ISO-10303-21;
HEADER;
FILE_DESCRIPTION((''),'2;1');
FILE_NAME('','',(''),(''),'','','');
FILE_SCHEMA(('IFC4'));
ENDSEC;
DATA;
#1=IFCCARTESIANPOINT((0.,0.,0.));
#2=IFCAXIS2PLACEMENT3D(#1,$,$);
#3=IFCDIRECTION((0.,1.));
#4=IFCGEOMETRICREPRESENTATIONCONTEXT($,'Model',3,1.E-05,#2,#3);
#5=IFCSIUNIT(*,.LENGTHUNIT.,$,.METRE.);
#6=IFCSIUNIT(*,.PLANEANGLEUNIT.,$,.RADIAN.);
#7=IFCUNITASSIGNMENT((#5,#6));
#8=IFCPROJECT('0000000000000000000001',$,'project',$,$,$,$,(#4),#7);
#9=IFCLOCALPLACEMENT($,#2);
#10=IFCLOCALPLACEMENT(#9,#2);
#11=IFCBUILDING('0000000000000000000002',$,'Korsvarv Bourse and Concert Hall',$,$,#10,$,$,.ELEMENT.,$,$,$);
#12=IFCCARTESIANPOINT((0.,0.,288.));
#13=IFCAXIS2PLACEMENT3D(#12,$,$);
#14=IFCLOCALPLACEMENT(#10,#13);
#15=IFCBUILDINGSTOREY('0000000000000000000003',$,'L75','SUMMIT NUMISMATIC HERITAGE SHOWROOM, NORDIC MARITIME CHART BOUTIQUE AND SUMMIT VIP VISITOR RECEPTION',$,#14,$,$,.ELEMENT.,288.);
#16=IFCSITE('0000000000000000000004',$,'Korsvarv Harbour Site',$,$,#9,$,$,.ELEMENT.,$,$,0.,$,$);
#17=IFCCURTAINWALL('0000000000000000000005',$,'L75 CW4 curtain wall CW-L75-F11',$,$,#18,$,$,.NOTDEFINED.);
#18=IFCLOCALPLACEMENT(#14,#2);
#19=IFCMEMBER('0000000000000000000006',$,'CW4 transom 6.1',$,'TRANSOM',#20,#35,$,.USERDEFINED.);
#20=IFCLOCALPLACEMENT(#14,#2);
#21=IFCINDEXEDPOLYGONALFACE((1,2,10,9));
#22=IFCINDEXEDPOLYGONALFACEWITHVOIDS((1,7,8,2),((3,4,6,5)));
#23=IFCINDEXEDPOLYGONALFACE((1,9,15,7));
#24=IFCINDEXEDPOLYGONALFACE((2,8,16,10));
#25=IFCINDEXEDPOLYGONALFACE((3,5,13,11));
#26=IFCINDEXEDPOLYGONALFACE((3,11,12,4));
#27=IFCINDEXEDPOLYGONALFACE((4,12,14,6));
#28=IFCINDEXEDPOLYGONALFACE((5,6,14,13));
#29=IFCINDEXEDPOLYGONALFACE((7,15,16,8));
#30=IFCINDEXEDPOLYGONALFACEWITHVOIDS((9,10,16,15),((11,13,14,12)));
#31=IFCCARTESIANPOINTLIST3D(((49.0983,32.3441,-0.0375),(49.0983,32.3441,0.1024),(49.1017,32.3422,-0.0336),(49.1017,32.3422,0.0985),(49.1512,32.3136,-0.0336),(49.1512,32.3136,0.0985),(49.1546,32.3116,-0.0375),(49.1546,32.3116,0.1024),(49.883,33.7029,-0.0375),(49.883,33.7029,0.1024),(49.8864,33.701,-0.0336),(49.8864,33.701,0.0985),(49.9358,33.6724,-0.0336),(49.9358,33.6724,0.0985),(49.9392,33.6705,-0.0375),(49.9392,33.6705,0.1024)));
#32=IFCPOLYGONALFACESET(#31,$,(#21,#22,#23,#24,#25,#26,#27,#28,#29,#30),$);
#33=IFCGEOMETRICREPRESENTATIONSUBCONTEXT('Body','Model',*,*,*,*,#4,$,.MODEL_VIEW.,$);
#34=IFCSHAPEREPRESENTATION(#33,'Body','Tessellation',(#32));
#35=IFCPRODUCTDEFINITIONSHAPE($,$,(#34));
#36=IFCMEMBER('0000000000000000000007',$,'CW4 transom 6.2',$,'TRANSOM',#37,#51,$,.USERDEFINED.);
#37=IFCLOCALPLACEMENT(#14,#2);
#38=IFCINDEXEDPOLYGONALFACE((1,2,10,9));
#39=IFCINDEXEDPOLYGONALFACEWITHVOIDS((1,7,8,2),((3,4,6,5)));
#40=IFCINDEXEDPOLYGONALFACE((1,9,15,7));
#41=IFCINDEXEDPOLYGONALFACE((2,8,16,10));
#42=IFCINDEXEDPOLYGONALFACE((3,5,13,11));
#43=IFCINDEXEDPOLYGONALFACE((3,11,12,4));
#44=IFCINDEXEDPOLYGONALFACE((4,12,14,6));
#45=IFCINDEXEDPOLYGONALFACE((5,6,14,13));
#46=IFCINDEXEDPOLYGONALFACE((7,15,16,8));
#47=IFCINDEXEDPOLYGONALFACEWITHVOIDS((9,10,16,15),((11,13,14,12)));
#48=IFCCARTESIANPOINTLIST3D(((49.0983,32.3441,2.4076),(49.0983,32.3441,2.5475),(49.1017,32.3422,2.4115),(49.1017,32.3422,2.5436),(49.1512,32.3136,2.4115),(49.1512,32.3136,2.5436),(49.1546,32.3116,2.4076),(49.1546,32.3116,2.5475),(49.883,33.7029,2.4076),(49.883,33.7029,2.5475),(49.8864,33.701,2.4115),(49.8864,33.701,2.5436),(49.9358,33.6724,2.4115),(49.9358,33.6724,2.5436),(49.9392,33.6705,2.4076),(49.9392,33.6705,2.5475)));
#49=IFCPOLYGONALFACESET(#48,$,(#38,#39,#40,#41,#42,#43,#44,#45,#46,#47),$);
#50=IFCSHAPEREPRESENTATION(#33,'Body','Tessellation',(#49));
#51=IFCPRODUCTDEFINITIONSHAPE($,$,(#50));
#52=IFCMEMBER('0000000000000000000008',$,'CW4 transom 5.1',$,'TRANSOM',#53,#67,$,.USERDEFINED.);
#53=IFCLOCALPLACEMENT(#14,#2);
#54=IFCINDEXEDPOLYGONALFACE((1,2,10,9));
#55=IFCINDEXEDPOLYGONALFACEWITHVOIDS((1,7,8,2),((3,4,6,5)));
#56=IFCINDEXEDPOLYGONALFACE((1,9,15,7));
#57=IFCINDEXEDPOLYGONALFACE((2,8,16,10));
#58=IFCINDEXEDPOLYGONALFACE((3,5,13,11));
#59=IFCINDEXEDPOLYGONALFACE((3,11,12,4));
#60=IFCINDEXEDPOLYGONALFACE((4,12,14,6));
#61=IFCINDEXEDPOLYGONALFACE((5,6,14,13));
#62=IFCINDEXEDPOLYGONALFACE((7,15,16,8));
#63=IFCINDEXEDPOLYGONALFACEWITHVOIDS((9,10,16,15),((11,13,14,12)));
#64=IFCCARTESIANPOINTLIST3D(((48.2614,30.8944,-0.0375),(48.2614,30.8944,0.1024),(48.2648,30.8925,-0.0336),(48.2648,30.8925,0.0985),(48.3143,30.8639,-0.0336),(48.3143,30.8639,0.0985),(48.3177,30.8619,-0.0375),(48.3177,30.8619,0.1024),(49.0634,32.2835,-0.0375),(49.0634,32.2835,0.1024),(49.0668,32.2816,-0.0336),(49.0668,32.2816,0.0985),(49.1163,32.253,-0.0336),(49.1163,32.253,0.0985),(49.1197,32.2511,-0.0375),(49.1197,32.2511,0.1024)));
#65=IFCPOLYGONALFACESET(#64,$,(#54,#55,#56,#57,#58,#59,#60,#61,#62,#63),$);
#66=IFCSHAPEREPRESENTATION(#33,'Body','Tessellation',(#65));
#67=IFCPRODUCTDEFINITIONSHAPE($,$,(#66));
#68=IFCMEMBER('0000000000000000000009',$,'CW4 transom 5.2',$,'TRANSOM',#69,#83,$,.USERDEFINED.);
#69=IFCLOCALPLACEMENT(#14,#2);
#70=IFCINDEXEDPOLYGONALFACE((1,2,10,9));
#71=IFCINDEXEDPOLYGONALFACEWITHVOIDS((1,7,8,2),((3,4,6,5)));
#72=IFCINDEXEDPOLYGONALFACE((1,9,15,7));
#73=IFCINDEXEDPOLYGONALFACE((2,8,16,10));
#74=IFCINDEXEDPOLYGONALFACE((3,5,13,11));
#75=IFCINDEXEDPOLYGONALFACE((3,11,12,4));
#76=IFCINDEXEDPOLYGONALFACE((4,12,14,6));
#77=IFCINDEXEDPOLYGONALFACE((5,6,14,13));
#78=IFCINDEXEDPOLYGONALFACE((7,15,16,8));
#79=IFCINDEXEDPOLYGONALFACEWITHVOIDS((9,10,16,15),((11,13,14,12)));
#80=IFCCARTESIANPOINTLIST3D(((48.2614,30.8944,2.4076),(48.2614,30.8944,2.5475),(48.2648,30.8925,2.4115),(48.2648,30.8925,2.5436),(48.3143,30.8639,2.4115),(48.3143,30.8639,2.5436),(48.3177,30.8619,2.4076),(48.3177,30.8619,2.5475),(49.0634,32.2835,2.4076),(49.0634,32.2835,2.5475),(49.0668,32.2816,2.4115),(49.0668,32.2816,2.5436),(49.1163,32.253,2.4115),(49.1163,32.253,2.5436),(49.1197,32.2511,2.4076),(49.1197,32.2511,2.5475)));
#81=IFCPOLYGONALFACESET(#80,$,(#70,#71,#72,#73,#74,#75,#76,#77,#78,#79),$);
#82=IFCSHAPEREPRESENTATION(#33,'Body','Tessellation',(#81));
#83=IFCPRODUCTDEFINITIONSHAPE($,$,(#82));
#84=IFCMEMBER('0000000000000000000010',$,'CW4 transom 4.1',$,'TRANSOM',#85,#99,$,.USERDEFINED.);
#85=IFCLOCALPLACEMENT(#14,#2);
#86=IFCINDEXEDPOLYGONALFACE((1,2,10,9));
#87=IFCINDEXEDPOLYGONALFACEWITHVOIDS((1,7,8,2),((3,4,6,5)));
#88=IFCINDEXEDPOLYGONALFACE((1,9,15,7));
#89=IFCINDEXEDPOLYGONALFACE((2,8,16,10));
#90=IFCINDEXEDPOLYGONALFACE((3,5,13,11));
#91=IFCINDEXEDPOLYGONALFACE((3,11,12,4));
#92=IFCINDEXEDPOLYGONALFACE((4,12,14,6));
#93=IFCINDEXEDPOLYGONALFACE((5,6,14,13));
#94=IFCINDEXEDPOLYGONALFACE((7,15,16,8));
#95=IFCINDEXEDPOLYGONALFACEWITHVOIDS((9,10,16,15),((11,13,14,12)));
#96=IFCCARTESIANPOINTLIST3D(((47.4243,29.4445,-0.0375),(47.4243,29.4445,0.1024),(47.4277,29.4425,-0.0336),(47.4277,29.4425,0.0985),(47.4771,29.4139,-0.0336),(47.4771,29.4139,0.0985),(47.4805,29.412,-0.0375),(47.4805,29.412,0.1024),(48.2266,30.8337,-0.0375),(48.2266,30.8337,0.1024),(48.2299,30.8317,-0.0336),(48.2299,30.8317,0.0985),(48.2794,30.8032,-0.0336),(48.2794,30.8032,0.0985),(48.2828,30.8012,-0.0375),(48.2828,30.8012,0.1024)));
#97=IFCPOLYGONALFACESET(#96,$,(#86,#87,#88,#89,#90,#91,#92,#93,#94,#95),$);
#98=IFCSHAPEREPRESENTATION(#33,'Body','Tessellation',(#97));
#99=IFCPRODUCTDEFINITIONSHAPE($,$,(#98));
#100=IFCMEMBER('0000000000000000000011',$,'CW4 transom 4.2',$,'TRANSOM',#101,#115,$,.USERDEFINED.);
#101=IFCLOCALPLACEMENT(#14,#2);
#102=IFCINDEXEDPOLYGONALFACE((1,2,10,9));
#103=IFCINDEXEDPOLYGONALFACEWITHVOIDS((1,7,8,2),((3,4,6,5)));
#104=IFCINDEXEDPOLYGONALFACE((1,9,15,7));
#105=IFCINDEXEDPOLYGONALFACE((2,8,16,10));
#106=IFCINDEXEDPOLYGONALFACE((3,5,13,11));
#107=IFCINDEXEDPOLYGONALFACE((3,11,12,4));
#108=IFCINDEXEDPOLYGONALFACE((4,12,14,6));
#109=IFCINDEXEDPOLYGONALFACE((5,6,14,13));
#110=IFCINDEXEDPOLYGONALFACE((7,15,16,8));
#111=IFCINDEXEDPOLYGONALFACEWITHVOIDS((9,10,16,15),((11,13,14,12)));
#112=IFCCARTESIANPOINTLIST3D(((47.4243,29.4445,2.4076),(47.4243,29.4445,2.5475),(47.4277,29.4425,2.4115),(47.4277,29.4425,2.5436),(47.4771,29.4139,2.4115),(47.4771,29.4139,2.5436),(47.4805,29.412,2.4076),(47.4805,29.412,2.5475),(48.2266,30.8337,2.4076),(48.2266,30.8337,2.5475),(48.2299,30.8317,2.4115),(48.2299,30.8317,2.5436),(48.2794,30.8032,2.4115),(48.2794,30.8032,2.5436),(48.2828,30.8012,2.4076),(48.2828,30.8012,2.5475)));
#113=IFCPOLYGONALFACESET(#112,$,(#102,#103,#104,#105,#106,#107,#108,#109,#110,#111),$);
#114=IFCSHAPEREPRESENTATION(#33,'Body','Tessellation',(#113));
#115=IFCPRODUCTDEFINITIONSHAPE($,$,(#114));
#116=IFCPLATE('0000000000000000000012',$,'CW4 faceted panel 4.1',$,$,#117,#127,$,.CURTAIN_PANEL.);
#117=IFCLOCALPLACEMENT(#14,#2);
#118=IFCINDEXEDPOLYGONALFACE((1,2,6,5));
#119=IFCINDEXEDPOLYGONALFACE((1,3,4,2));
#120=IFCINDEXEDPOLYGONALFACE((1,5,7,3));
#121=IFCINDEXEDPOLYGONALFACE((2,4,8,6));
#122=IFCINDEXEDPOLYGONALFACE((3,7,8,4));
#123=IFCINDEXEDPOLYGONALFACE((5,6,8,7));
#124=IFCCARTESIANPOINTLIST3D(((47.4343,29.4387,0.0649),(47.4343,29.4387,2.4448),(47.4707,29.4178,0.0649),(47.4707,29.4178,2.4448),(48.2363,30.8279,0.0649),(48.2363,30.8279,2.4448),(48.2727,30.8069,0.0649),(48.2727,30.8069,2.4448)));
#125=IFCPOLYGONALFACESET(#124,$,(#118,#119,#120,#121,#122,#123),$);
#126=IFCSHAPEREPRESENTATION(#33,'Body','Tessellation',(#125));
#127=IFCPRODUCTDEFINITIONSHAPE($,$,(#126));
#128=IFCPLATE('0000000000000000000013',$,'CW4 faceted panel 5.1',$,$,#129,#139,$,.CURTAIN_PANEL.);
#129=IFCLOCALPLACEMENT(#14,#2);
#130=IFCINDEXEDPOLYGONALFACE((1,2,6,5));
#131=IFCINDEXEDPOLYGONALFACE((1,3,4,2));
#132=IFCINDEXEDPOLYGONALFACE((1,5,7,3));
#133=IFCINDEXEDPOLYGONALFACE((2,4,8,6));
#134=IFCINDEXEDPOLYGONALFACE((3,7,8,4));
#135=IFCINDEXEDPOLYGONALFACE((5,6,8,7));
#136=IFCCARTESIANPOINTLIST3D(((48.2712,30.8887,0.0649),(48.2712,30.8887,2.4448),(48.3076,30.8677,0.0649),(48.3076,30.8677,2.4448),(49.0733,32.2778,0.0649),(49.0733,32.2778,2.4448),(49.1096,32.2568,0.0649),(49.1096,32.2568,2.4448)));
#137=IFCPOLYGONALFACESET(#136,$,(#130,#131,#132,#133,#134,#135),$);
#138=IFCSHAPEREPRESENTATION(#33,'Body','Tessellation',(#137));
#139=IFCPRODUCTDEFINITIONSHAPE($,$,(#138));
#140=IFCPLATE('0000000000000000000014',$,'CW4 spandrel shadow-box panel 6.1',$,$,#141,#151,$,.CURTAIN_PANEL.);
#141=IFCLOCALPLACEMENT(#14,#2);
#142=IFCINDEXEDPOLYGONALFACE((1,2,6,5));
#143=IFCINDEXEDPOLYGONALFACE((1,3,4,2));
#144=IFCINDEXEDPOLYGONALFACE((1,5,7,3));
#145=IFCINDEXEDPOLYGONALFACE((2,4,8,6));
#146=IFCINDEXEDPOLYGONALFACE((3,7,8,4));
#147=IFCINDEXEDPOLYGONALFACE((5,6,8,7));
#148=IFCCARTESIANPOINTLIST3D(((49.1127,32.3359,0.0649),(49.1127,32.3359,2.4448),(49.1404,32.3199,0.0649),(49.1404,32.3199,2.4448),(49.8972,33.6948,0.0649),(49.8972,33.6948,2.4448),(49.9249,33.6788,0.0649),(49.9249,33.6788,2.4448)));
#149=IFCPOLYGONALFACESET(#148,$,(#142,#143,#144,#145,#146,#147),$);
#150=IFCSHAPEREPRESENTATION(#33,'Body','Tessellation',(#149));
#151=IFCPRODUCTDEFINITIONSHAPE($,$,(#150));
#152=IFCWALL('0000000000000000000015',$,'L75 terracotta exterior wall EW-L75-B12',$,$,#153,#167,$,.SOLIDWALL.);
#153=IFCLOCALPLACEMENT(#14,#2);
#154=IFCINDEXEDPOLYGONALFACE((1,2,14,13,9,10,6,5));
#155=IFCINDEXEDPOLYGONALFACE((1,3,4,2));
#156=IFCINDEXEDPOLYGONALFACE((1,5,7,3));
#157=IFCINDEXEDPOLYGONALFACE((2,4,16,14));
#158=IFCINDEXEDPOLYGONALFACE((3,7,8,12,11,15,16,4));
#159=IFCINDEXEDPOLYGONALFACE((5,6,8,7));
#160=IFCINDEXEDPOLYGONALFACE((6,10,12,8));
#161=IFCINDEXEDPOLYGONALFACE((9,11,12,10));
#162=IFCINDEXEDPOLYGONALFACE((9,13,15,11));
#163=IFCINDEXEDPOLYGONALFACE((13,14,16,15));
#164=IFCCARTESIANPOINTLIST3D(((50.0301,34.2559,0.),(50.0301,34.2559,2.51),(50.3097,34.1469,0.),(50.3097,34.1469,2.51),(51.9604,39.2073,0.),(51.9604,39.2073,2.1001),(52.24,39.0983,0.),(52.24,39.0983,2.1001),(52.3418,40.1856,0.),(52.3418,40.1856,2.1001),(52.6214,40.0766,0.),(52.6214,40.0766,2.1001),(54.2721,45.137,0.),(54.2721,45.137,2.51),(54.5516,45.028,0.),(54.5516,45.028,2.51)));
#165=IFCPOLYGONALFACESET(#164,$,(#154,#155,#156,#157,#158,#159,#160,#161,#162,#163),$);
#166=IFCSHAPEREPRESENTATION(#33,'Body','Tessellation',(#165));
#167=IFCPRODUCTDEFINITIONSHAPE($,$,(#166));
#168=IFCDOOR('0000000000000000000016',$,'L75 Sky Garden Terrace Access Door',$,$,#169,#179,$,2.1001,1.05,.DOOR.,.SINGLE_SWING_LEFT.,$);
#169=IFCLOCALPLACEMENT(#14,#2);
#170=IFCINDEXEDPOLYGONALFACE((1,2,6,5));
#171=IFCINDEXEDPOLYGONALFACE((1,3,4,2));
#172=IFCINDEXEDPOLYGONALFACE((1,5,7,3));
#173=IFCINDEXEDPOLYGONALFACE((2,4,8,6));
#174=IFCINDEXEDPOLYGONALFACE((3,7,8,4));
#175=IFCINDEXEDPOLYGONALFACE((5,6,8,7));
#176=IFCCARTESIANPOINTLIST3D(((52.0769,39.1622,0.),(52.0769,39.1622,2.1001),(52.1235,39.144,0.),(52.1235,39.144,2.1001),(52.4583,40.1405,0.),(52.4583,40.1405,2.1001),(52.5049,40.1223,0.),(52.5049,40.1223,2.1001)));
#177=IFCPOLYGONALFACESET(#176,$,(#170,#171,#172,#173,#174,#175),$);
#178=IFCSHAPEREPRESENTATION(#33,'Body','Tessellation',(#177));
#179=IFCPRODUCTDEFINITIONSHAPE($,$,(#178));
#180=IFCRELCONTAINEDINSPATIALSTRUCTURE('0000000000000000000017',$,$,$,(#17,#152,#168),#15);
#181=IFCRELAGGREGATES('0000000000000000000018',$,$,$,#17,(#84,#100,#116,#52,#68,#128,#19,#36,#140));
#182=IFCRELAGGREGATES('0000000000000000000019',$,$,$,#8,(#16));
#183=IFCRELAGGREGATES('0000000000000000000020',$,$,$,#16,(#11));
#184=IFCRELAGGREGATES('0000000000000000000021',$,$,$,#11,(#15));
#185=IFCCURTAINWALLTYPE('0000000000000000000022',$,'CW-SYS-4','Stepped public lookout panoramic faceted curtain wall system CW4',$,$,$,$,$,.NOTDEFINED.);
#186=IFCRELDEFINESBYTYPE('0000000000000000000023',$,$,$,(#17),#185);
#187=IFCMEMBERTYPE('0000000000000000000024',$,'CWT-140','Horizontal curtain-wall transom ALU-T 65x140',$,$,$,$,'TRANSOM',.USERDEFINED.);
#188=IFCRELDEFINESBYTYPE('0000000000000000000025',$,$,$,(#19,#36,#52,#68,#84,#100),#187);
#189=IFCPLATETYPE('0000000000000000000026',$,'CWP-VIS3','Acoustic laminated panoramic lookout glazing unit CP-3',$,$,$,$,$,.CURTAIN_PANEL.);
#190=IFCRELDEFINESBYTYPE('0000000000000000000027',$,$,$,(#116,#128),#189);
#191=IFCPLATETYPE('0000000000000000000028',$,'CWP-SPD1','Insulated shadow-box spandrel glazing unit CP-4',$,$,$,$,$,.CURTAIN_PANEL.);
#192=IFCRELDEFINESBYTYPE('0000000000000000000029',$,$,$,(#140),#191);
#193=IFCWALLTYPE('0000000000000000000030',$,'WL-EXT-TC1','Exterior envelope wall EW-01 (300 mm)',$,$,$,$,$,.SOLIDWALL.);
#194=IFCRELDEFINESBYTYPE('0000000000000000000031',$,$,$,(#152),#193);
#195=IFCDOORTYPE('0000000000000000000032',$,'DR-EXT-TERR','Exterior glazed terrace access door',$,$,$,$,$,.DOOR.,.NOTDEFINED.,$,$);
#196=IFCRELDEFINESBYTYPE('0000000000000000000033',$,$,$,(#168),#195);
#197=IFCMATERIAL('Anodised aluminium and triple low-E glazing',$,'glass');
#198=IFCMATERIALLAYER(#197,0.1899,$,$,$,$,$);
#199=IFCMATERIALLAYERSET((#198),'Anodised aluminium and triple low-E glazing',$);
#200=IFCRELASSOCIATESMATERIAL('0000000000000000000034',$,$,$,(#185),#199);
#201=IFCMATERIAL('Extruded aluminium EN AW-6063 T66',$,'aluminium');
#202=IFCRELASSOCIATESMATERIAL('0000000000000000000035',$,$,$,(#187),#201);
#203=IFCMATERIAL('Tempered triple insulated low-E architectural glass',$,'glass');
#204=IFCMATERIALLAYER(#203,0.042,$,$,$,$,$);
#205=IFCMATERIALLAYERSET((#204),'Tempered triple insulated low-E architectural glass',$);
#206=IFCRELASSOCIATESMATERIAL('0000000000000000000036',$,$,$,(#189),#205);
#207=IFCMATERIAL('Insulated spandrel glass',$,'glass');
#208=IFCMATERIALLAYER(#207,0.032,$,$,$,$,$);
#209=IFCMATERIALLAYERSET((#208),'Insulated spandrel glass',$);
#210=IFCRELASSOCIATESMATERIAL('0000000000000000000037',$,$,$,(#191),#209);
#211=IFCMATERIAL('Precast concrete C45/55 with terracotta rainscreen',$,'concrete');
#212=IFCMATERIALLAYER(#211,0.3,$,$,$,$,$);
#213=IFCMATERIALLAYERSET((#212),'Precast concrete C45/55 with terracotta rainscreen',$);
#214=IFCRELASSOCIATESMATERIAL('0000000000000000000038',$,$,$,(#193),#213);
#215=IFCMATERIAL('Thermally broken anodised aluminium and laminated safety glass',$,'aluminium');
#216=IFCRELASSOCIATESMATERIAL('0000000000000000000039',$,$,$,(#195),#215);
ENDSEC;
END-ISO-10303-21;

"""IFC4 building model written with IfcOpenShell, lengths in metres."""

from ifc_helpers import new_model, si_unit, direction, frame, frame_2d, origin, origin_2d, place, context, subcontext, project, spatial, rectangle, hollow_rectangle, extrude, source, transform, mapped, material, layer, layer_set, material_profile, profile_set, type_object, element, fill, aggregate, save


model = new_model("IFC4")

# Units and contexts
model_context = context("Model", 3, precision=1e-05, world=origin(), true_north=direction((0.0, 1.0)))
body_context = subcontext(model_context, "Body", "Model", "MODEL_VIEW")
ifc_project = project(units=[si_unit("LENGTHUNIT", "METRE"), si_unit("PLANEANGLEUNIT", "RADIAN")], contexts=[model_context])

# Site, building, storey
site_placement = place(None, origin())
site = spatial("IfcSite", under=ifc_project, at=site_placement, Name="Korsvarv Harbour Site", CompositionType="ELEMENT", RefElevation=0.0)
building_placement = place(site_placement, origin())
building = spatial("IfcBuilding", under=site, at=building_placement, Name="Korsvarv Bourse and Concert Hall", CompositionType="ELEMENT")
storey_placement = place(building_placement, frame((0.0, 0.0, 288.0)))
storey = spatial("IfcBuildingStorey", under=building, at=storey_placement, Name="L75", Description="SUMMIT NUMISMATIC HERITAGE SHOWROOM, NORDIC MARITIME CHART BOUTIQUE AND SUMMIT VIP VISITOR RECEPTION", CompositionType="ELEMENT", Elevation=288.0)

# Curtain wall, members, plates
ifc_material_1 = material(Name="Anodised aluminium and triple low-E glazing", Category="glass")
ifc_layer_1 = layer(ifc_material_1, 0.1899)
ifc_layer_set_1 = layer_set([ifc_layer_1], Name="Anodised aluminium and triple low-E glazing")
curtain_wall_type = type_object("IfcCurtainWallType", Name="CW-SYS-4", Description="Stepped public lookout panoramic faceted curtain wall system CW4", PredefinedType="NOTDEFINED", material=ifc_layer_set_1)
curtain_wall_placement = place(storey_placement, origin())
curtain_wall = element("IfcCurtainWall", 1, at=curtain_wall_placement, inside=storey, type_object=curtain_wall_type, Name="L75 CW4 curtain wall CW-L75-F11", PredefinedType="NOTDEFINED")
ifc_material_2 = material(Name="Extruded aluminium EN AW-6063 T66", Category="aluminium")
ifc_material_profile_1 = material_profile(ifc_material_2, hollow_rectangle(XDim=0.0649, YDim=0.1399, WallThickness=0.0039, at=origin_2d()), Name="ALU-T 65x140")
ifc_profile_set_1 = profile_set([ifc_material_profile_1], Name="Extruded aluminium EN AW-6063 T66")
member_type_1 = type_object("IfcMemberType", Name="CWT-140", Description="Horizontal curtain-wall transom ALU-T 65x140", ElementType="TRANSOM", PredefinedType="USERDEFINED", material=ifc_profile_set_1)
shared_shape_1 = source(origin(), body_context, "Body", "SweptSolid", [
    extrude(hollow_rectangle(XDim=0.0649, YDim=0.1399, WallThickness=0.0039, at=origin_2d()), origin(), (0.0, 0.0, 1.0), 1.5691),
])
member_1_placement = place(storey_placement, frame((49.1265, 32.3279, 0.0325), z_axis=(0.500055, 0.865994, 0.0), x_axis=(-0.865994, 0.500055, 0.0)))
member_1 = element("IfcMember", 2, at=member_1_placement, type_object=member_type_1, Name="CW4 transom 6.1", ObjectType="TRANSOM", PredefinedType="USERDEFINED", context=body_context, shape_type="MappedRepresentation", body=[
    mapped(shared_shape_1, transform((0.0, 0.0, 0.0), scale=1.0)),
])
member_2_placement = place(storey_placement, frame((49.1265, 32.3279, 2.4775), z_axis=(0.500055, 0.865994, 0.0), x_axis=(-0.865994, 0.500055, 0.0)))
member_2 = element("IfcMember", 3, at=member_2_placement, type_object=member_type_1, Name="CW4 transom 6.2", ObjectType="TRANSOM", PredefinedType="USERDEFINED", context=body_context, shape_type="MappedRepresentation", body=[
    mapped(shared_shape_1, transform((0.0, 0.0, 0.0), scale=1.0)),
])
shared_shape_2 = source(origin(), body_context, "Body", "SweptSolid", [
    extrude(hollow_rectangle(XDim=0.0649, YDim=0.1399, WallThickness=0.0039, at=origin_2d()), origin(), (0.0, 0.0, 1.0), 1.604),
])
member_3_placement = place(storey_placement, frame((48.2896, 30.8782, 0.0325), z_axis=(0.499986, 0.866034, 0.0), x_axis=(-0.866034, 0.499986, 0.0)))
member_3 = element("IfcMember", 4, at=member_3_placement, type_object=member_type_1, Name="CW4 transom 5.1", ObjectType="TRANSOM", PredefinedType="USERDEFINED", context=body_context, shape_type="MappedRepresentation", body=[
    mapped(shared_shape_2, transform((0.0, 0.0, 0.0), scale=1.0)),
])
member_4_placement = place(storey_placement, frame((48.2896, 30.8782, 2.4775), z_axis=(0.499986, 0.866034, 0.0), x_axis=(-0.866034, 0.499986, 0.0)))
member_4 = element("IfcMember", 5, at=member_4_placement, type_object=member_type_1, Name="CW4 transom 5.2", ObjectType="TRANSOM", PredefinedType="USERDEFINED", context=body_context, shape_type="MappedRepresentation", body=[
    mapped(shared_shape_2, transform((0.0, 0.0, 0.0), scale=1.0)),
])
shared_shape_3 = source(origin(), body_context, "Body", "SweptSolid", [
    extrude(hollow_rectangle(XDim=0.0649, YDim=0.1399, WallThickness=0.0039, at=origin_2d()), origin(), (0.0, 0.0, 1.0), 1.6042),
])
member_5_placement = place(storey_placement, frame((47.4524, 29.4282, 0.0325), z_axis=(0.5001, 0.865968, 0.0), x_axis=(-0.865968, 0.5001, 0.0)))
member_5 = element("IfcMember", 6, at=member_5_placement, type_object=member_type_1, Name="CW4 transom 4.1", ObjectType="TRANSOM", PredefinedType="USERDEFINED", context=body_context, shape_type="MappedRepresentation", body=[
    mapped(shared_shape_3, transform((0.0, 0.0, 0.0), scale=1.0)),
])
member_6_placement = place(storey_placement, frame((47.4524, 29.4282, 2.4775), z_axis=(0.5001, 0.865968, 0.0), x_axis=(-0.865968, 0.5001, 0.0)))
member_6 = element("IfcMember", 7, at=member_6_placement, type_object=member_type_1, Name="CW4 transom 4.2", ObjectType="TRANSOM", PredefinedType="USERDEFINED", context=body_context, shape_type="MappedRepresentation", body=[
    mapped(shared_shape_3, transform((0.0, 0.0, 0.0), scale=1.0)),
])
ifc_material_3 = material(Name="Tempered triple insulated low-E architectural glass", Category="glass")
ifc_layer_2 = layer(ifc_material_3, 0.042)
ifc_layer_set_2 = layer_set([ifc_layer_2], Name="Tempered triple insulated low-E architectural glass")
plate_type_1 = type_object("IfcPlateType", Name="CWP-VIS3", Description="Acoustic laminated panoramic lookout glazing unit CP-3", PredefinedType="CURTAIN_PANEL", material=ifc_layer_set_2)
shared_shape_4 = source(origin(), body_context, "Body", "SweptSolid", [
    extrude(rectangle(XDim=1.604, YDim=0.042, at=origin_2d()), origin(), (0.0, 0.0, 1.0), 2.3799),
])
plate_1_placement = place(storey_placement, frame((47.8535, 30.1228, 0.0649), z_axis=(0.0, 0.0, 1.0), x_axis=(0.500005, 0.866023, 0.0)))
plate_1 = element("IfcPlate", 8, at=plate_1_placement, type_object=plate_type_1, Name="CW4 faceted panel 4.1", PredefinedType="CURTAIN_PANEL", context=body_context, shape_type="MappedRepresentation", body=[
    mapped(shared_shape_4, transform((0.0, 0.0, 0.0), scale=1.0)),
])
plate_2_placement = place(storey_placement, frame((48.6904, 31.5728, 0.0649), z_axis=(0.0, 0.0, 1.0), x_axis=(0.500005, 0.866023, 0.0)))
plate_2 = element("IfcPlate", 9, at=plate_2_placement, type_object=plate_type_1, Name="CW4 faceted panel 5.1", PredefinedType="CURTAIN_PANEL", context=body_context, shape_type="MappedRepresentation", body=[
    mapped(shared_shape_4, transform((0.0, 0.0, 0.0), scale=1.0)),
])
ifc_material_4 = material(Name="Insulated spandrel glass", Category="glass")
ifc_layer_3 = layer(ifc_material_4, 0.032)
ifc_layer_set_3 = layer_set([ifc_layer_3], Name="Insulated spandrel glass")
plate_type_2 = type_object("IfcPlateType", Name="CWP-SPD1", Description="Insulated shadow-box spandrel glazing unit CP-4", PredefinedType="CURTAIN_PANEL", material=ifc_layer_set_3)
shared_shape_5 = source(origin(), body_context, "Body", "SweptSolid", [
    extrude(rectangle(XDim=1.5691, YDim=0.032, at=origin_2d()), origin(), (0.0, 0.0, 1.0), 2.3799),
])
plate_3_placement = place(storey_placement, frame((49.5188, 33.0073, 0.0649), z_axis=(0.0, 0.0, 1.0), x_axis=(0.500005, 0.866023, 0.0)))
plate_3 = element("IfcPlate", 10, at=plate_3_placement, type_object=plate_type_2, Name="CW4 spandrel shadow-box panel 6.1", PredefinedType="CURTAIN_PANEL", context=body_context, shape_type="MappedRepresentation", body=[
    mapped(shared_shape_5, transform((0.0, 0.0, 0.0), scale=1.0)),
])
aggregate(curtain_wall, [member_5, member_6, plate_1, member_3, member_4, plate_2, member_1, member_2, plate_3])

# Wall, opening, door
ifc_material_5 = material(Name="Precast concrete C45/55 with terracotta rainscreen", Category="concrete")
ifc_layer_4 = layer(ifc_material_5, 0.3)
ifc_layer_set_4 = layer_set([ifc_layer_4], Name="Precast concrete C45/55 with terracotta rainscreen")
wall_type = type_object("IfcWallType", Name="WL-EXT-TC1", Description="Exterior envelope wall EW-01 (300 mm)", PredefinedType="SOLIDWALL", material=ifc_layer_set_4)
wall_placement = place(storey_placement, frame((50.1699, 34.2014, 0.0), z_axis=(0.0, 0.0, 1.0), x_axis=(0.36322, 0.931703, 0.0)))
wall = element("IfcWall", 11, at=wall_placement, inside=storey, type_object=wall_type, Name="L75 terracotta exterior wall EW-L75-B12", PredefinedType="SOLIDWALL", context=body_context, shape_type="SweptSolid", body=[
    extrude(rectangle(XDim=11.6787, YDim=0.3, at=frame_2d((5.8394, 0.0))), origin(), (0.0, 0.0, 1.0), 2.51),
])
opening_placement = place(wall_placement, frame((5.3145, 0.0, 0.0)))
opening = element("IfcOpeningElement", 12, at=opening_placement, cuts=wall, PredefinedType="OPENING", context=body_context, shape_type="SweptSolid", body=[
    extrude(rectangle(XDim=1.05, YDim=2.1001, at=frame_2d((0.5249, 1.05))), frame((0.0, 0.1602, 0.0), z_axis=(0.0, -1.0, 0.0), x_axis=(1.0, 0.0, 0.0)), (0.0, 0.0, 1.0), 0.3201),
])
ifc_material_6 = material(Name="Thermally broken anodised aluminium and laminated safety glass", Category="aluminium")
door_type = type_object("IfcDoorType", Name="DR-EXT-TERR", Description="Exterior glazed terrace access door", OperationType="NOTDEFINED", PredefinedType="DOOR", material=ifc_material_6)
door_placement = place(opening_placement, frame((1.05, 0.0, 0.0), z_axis=(0.0, 0.0, 1.0), x_axis=(-1.0, 0.0, 0.0)))
door = element("IfcDoor", 13, at=door_placement, inside=storey, type_object=door_type, Name="L75 Sky Garden Terrace Access Door", OperationType="SINGLE_SWING_LEFT", OverallHeight=2.1001, OverallWidth=1.05, PredefinedType="DOOR", context=body_context, shape_type="SweptSolid", body=[
    extrude(rectangle(XDim=1.05, YDim=2.1001, at=frame_2d((0.5249, 1.05))), frame((0.0, 0.0249, 0.0), z_axis=(0.0, -1.0, 0.0), x_axis=(1.0, 0.0, 0.0)), (0.0, 0.0, 1.0), 0.05),
])
fill(opening, door)

save(model, "model.ifc")
